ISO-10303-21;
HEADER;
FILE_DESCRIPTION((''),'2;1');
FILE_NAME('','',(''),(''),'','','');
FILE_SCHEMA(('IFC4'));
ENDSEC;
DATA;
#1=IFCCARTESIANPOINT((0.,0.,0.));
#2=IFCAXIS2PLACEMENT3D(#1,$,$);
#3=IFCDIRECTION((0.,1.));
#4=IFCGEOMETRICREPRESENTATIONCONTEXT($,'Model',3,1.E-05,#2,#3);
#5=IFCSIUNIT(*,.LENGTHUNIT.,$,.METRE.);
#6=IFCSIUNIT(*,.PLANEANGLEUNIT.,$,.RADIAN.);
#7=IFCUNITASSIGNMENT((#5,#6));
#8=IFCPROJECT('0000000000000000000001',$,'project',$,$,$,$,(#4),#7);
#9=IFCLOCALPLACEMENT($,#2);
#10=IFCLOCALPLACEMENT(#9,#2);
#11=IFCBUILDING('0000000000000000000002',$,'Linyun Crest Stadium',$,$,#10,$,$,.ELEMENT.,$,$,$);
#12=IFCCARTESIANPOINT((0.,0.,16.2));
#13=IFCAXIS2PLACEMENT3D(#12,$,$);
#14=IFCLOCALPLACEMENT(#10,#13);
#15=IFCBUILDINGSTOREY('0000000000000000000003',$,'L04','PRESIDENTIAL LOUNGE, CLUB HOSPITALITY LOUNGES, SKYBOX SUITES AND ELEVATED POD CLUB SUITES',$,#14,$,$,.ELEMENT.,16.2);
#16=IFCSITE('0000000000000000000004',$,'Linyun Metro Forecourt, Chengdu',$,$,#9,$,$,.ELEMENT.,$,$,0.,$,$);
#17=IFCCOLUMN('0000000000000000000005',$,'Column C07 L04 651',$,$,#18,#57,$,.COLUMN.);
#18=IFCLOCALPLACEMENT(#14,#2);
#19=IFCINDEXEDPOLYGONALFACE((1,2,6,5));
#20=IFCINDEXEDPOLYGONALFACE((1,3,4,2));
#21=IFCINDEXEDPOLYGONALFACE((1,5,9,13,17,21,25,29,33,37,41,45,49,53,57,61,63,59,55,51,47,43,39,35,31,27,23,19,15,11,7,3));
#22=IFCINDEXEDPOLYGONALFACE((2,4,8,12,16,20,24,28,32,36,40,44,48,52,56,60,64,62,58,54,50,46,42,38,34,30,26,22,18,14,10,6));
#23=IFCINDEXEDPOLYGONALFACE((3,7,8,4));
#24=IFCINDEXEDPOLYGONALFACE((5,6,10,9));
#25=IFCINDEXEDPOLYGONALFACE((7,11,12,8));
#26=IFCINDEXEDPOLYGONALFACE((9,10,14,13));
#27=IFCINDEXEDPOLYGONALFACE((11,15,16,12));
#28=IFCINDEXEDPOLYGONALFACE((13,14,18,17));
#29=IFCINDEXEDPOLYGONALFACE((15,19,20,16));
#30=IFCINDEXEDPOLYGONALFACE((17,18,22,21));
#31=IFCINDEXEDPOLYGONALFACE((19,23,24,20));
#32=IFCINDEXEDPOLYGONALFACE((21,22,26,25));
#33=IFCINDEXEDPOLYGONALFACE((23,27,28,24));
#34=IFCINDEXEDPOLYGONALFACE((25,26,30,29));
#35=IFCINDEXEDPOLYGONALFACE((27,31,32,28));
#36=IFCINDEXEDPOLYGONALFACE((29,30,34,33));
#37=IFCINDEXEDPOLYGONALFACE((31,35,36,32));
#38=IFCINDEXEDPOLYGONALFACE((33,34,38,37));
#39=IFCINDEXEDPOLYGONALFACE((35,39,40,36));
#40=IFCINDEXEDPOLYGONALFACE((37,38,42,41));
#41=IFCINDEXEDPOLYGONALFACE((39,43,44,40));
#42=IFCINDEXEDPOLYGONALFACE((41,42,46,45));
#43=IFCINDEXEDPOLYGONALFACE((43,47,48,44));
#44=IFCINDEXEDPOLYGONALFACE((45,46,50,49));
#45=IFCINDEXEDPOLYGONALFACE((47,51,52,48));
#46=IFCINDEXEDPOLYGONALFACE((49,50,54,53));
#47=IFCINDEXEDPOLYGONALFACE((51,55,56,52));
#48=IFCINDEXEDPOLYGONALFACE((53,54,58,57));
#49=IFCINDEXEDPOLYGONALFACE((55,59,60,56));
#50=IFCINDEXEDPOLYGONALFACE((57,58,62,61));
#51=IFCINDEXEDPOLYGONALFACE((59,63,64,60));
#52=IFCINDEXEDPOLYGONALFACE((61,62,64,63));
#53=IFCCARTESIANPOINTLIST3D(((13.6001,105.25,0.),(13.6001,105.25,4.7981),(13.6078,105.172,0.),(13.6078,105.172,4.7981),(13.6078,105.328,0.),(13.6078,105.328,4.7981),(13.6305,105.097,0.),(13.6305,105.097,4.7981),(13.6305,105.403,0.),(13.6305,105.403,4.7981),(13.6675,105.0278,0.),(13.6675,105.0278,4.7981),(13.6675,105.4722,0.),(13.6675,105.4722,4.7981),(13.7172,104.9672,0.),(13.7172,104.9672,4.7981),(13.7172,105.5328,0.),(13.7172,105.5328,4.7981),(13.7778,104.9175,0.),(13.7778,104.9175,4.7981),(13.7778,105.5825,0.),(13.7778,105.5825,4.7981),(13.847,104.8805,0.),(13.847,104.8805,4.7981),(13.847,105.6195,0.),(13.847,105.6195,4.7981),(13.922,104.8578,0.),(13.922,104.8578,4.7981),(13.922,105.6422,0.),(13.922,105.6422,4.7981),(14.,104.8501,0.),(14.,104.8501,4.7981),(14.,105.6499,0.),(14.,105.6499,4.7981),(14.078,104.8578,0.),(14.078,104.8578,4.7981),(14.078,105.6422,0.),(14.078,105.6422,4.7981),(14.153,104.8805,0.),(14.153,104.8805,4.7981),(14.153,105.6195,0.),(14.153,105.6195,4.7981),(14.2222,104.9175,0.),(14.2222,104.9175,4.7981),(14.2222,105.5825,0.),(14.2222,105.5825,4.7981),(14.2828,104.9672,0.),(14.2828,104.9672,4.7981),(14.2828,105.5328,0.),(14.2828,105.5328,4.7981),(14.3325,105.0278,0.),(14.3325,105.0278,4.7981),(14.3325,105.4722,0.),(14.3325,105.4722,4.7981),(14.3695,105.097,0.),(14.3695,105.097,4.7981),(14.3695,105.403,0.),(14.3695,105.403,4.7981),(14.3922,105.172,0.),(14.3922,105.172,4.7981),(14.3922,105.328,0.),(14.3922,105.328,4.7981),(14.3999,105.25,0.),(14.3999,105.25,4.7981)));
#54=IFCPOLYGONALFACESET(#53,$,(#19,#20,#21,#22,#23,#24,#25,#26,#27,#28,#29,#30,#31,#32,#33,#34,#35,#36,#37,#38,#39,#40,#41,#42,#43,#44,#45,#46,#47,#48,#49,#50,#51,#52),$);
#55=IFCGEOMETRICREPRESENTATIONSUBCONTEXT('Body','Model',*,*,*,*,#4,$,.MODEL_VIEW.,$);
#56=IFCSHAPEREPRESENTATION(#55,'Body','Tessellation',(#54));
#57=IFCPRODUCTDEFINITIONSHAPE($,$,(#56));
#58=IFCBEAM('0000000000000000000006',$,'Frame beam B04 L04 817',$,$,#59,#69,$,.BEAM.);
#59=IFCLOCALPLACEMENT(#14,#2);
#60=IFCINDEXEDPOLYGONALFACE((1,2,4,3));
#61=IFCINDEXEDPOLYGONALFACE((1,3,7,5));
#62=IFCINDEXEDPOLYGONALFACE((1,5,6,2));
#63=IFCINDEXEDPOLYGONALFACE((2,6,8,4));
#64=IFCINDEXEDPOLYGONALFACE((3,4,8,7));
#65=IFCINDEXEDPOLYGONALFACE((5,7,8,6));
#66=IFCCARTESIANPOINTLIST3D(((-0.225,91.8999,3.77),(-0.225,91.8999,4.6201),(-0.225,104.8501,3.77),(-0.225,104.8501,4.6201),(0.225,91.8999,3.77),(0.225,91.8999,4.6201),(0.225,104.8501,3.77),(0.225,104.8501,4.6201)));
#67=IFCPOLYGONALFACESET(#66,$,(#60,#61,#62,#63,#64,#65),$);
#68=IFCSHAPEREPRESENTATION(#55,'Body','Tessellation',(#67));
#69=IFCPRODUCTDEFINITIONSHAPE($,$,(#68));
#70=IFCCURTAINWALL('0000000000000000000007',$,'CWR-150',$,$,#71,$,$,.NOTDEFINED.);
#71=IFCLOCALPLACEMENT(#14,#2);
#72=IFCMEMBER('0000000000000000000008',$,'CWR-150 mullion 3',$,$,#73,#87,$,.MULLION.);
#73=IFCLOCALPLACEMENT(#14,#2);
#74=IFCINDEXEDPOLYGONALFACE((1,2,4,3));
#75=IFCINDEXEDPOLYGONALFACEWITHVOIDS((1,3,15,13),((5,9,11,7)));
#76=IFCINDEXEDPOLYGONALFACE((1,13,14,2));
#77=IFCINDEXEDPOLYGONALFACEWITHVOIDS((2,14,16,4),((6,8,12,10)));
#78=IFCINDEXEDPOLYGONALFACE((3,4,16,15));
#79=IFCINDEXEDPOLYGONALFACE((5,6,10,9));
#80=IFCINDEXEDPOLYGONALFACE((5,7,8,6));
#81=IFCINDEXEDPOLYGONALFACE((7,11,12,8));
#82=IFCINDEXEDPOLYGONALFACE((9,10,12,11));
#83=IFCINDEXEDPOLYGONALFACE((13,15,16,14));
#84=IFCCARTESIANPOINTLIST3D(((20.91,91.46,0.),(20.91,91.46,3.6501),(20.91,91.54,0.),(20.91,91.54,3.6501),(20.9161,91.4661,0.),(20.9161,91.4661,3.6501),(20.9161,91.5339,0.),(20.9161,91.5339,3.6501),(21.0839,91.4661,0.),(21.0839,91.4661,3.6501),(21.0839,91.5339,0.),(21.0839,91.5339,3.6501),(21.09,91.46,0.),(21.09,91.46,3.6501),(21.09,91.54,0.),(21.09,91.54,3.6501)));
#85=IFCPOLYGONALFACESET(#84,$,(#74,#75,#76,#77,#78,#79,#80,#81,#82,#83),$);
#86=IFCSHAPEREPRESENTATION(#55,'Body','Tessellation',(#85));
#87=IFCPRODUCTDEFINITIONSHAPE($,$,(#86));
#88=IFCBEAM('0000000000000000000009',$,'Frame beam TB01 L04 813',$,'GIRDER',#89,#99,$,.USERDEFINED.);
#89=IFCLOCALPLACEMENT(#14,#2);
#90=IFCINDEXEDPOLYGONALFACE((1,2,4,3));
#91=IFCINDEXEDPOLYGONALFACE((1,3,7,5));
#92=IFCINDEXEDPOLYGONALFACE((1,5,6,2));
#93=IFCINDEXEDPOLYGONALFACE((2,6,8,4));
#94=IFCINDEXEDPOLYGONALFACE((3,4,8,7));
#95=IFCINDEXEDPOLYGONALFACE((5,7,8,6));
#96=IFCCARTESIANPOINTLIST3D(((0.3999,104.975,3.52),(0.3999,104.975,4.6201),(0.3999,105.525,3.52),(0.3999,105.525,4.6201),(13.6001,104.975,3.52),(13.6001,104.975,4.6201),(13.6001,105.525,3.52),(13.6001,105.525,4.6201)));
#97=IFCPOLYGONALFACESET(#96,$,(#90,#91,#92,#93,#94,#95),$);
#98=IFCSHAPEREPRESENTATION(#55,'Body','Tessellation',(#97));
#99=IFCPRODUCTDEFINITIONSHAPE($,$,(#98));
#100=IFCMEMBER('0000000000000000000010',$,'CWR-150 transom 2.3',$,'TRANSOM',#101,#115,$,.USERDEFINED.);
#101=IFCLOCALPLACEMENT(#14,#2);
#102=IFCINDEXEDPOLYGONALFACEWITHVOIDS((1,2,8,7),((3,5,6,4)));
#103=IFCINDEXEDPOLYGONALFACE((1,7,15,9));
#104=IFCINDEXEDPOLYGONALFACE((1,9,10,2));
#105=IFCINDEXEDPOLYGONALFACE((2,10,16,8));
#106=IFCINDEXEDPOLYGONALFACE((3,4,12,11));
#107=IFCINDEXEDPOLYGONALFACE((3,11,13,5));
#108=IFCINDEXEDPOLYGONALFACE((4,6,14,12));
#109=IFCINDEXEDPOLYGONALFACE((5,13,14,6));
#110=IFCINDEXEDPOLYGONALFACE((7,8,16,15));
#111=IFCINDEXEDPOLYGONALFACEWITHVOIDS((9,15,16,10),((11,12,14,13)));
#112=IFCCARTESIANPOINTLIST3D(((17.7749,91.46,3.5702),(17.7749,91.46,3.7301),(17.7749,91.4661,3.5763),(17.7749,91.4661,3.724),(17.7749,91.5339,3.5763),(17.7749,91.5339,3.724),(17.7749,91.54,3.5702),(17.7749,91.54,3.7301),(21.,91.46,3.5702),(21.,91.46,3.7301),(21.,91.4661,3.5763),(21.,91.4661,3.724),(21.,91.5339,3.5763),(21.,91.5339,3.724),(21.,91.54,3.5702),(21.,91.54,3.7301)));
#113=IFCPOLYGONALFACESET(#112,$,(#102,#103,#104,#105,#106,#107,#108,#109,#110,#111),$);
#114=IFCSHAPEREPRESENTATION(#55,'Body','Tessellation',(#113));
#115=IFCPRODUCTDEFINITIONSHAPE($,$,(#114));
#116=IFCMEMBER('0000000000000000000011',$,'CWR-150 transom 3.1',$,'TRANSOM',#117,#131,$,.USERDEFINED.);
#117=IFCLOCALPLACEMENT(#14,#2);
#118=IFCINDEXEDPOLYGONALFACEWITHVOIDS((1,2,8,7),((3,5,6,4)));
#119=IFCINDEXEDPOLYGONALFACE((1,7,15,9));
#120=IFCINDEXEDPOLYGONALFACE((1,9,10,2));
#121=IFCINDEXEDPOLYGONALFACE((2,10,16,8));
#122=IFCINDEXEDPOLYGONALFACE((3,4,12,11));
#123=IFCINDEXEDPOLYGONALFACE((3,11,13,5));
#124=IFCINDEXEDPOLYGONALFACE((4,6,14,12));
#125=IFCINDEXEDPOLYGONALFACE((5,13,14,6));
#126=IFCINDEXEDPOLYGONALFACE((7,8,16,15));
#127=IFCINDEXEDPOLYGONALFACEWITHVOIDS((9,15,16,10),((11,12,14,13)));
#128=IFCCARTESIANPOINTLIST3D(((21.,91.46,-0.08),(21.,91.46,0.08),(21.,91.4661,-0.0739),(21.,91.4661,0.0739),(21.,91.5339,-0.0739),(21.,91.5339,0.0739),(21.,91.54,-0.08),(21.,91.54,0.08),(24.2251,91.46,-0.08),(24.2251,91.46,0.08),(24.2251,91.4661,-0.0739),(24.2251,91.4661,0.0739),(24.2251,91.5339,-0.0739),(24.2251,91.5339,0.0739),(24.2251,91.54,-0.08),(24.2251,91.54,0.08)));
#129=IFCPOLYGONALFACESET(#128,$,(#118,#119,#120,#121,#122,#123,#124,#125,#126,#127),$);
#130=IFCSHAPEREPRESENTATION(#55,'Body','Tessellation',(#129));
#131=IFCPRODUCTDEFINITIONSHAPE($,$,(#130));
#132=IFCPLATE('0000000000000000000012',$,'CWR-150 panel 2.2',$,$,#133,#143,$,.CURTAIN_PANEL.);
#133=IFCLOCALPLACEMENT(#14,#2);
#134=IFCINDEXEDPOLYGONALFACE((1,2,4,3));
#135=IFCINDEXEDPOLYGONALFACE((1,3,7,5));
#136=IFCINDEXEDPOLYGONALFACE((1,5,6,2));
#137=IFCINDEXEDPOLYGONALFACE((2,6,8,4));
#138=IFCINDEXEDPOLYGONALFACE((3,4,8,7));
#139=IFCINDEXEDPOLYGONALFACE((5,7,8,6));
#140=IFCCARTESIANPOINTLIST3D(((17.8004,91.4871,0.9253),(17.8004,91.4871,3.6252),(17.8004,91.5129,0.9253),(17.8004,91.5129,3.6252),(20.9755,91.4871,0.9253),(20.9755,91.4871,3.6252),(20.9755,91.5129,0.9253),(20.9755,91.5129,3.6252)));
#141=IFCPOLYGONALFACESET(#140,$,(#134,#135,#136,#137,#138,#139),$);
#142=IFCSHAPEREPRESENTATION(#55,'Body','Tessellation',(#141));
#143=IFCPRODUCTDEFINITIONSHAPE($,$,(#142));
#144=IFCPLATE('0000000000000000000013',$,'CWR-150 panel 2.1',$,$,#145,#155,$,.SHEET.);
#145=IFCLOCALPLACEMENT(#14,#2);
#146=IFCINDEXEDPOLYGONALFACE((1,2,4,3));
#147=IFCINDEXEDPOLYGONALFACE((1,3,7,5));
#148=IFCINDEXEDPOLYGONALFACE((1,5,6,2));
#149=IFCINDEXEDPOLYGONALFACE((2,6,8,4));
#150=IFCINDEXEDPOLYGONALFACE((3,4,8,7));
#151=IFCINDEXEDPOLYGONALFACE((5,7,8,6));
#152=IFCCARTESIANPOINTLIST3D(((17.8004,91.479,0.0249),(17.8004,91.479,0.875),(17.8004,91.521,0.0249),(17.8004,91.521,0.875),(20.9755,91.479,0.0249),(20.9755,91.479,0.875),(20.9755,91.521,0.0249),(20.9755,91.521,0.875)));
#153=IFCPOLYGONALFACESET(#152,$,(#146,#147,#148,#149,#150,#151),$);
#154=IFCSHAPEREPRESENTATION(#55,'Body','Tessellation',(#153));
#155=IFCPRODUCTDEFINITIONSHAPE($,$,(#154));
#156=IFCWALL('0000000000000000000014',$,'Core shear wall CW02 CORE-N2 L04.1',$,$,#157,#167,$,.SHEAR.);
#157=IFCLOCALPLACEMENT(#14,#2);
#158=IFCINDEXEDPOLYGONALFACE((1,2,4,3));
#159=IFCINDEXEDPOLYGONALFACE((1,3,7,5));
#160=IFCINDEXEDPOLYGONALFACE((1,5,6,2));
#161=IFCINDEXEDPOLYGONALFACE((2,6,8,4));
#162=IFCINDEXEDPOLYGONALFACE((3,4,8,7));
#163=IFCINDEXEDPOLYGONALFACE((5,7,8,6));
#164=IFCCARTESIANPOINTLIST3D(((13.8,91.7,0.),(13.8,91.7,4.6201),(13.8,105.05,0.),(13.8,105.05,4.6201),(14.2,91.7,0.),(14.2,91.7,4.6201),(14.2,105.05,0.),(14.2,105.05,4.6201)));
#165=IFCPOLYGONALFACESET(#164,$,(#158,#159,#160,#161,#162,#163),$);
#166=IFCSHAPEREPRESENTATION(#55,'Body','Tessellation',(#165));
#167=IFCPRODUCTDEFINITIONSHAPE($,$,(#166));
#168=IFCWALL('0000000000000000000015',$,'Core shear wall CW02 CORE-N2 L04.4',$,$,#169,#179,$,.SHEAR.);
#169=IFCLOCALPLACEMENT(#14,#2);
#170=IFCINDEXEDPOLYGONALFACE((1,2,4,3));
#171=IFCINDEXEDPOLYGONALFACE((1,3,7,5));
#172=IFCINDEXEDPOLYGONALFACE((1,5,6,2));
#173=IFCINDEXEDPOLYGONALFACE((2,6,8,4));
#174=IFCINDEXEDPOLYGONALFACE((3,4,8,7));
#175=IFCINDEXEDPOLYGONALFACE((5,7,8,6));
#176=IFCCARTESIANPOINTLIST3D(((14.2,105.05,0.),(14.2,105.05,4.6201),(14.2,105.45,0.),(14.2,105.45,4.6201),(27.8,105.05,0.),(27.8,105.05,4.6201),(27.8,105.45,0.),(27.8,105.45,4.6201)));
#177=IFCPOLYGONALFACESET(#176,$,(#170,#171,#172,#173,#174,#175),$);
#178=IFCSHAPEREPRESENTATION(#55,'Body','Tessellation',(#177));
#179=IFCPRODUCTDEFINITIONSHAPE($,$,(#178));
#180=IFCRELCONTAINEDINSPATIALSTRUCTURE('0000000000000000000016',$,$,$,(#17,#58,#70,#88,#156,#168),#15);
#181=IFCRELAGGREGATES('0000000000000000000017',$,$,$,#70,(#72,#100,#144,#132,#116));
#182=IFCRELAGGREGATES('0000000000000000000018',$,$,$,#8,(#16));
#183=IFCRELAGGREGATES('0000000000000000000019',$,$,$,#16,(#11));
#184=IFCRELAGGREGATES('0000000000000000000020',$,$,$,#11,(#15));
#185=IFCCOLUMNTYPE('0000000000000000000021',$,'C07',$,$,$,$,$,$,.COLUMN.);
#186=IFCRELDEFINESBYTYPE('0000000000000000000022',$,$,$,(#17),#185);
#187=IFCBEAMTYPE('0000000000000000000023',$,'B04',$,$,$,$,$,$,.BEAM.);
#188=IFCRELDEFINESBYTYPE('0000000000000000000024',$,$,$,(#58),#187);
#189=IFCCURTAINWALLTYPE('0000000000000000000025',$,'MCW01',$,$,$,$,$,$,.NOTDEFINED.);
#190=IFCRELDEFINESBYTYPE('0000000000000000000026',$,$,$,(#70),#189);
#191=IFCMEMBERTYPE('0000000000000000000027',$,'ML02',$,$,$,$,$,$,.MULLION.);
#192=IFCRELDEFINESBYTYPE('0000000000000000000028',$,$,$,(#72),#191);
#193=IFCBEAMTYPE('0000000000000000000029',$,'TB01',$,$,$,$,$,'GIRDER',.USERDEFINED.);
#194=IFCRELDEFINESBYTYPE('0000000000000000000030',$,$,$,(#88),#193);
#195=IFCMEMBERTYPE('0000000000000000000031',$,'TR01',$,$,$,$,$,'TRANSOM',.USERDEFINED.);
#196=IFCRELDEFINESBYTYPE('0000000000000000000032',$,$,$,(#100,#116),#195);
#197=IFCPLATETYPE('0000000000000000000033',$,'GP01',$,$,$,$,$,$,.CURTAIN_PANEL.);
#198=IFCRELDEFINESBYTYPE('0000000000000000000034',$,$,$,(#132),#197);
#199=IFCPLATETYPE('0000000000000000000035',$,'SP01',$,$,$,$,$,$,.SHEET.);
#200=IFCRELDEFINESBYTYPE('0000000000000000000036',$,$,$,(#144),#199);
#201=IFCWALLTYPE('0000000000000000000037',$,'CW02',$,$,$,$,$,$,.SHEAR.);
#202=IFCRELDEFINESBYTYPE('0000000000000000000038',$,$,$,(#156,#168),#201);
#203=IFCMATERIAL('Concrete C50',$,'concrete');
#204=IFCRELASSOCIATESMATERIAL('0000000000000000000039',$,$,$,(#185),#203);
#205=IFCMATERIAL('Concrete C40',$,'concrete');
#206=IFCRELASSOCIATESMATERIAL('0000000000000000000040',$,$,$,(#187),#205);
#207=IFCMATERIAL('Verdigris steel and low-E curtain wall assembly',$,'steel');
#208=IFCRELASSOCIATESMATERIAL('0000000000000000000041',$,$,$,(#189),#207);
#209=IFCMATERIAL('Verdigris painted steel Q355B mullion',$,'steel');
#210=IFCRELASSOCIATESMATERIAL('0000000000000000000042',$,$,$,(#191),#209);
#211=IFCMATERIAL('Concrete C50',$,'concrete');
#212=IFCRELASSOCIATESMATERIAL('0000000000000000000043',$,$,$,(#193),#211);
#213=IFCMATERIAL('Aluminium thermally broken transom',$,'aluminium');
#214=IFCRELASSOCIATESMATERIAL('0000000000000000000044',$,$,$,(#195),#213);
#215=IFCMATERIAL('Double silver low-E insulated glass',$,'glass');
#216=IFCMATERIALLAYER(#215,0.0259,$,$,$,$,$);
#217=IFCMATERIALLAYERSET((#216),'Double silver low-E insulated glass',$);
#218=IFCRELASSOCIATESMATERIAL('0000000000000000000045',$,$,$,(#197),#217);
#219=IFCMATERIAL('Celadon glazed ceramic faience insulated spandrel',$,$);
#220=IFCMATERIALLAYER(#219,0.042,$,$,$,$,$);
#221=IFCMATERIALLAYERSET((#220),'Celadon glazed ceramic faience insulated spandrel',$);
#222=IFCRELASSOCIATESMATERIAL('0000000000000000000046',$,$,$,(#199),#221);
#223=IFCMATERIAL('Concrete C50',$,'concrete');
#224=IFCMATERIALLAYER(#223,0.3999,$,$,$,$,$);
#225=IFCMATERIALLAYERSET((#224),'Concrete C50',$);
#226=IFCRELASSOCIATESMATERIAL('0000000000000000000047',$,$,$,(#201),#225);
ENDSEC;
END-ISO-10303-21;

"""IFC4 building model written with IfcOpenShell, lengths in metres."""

from ifc_helpers import new_model, si_unit, direction, frame, frame_2d, origin, origin_2d, place, context, subcontext, project, spatial, rectangle, hollow_rectangle, circle, extrude, material, layer, layer_set, material_profile, profile_set, type_object, element, aggregate, save


model = new_model("IFC4")

# Units and contexts
model_context = context("Model", 3, precision=1e-05, world=origin(), true_north=direction((0.0, 1.0)))
body_context = subcontext(model_context, "Body", "Model", "MODEL_VIEW")
ifc_project = project(units=[si_unit("LENGTHUNIT", "METRE"), si_unit("PLANEANGLEUNIT", "RADIAN")], contexts=[model_context])

# Site, building, storey
site_placement = place(None, origin())
site = spatial("IfcSite", under=ifc_project, at=site_placement, Name="Linyun Metro Forecourt, Chengdu", CompositionType="ELEMENT", RefElevation=0.0)
building_placement = place(site_placement, origin())
building = spatial("IfcBuilding", under=site, at=building_placement, Name="Linyun Crest Stadium", CompositionType="ELEMENT")
storey_placement = place(building_placement, frame((0.0, 0.0, 16.2)))
storey = spatial("IfcBuildingStorey", under=building, at=storey_placement, Name="L04", Description="PRESIDENTIAL LOUNGE, CLUB HOSPITALITY LOUNGES, SKYBOX SUITES AND ELEVATED POD CLUB SUITES", CompositionType="ELEMENT", Elevation=16.2)

# Column
ifc_material_1 = material(Name="Concrete C50", Category="concrete")
ifc_material_profile_1 = material_profile(ifc_material_1, circle(Radius=0.3999, at=origin_2d()), Name="RC D800")
ifc_profile_set_1 = profile_set([ifc_material_profile_1], Name="Concrete C50")
column_type = type_object("IfcColumnType", Name="C07", PredefinedType="COLUMN", material=ifc_profile_set_1)
column_placement = place(storey_placement, frame((14.0, 105.25, 0.0), z_axis=(0.0, 0.0, 1.0), x_axis=(1.0, 0.0, 0.0)))
element("IfcColumn", 1, at=column_placement, inside=storey, type_object=column_type, Name="Column C07 L04 651", PredefinedType="COLUMN", context=body_context, shape_type="SweptSolid", body=[
    extrude(circle(Radius=0.3999, at=origin_2d()), origin(), (0.0, 0.0, 1.0), 4.7981),
])

# Beam
ifc_material_2 = material(Name="Concrete C40", Category="concrete")
ifc_material_profile_2 = material_profile(ifc_material_2, rectangle(XDim=0.45, YDim=0.8501, at=origin_2d()), Name="RCB 850x450")
ifc_profile_set_2 = profile_set([ifc_material_profile_2], Name="Concrete C40")
beam_type_1 = type_object("IfcBeamType", Name="B04", PredefinedType="BEAM", material=ifc_profile_set_2)
beam_1_placement = place(storey_placement, frame((0.0, 91.8999, 4.1951), z_axis=(0.0, 1.0, 0.0), x_axis=(-1.0, 0.0, 0.0)))
element("IfcBeam", 2, at=beam_1_placement, inside=storey, type_object=beam_type_1, Name="Frame beam B04 L04 817", PredefinedType="BEAM", context=body_context, shape_type="SweptSolid", body=[
    extrude(rectangle(XDim=0.45, YDim=0.8501, at=origin_2d()), origin(), (0.0, 0.0, 1.0), 12.9502),
])

# Curtain wall, member
ifc_material_3 = material(Name="Verdigris steel and low-E curtain wall assembly", Category="steel")
curtain_wall_type = type_object("IfcCurtainWallType", Name="MCW01", PredefinedType="NOTDEFINED", material=ifc_material_3)
curtain_wall_placement = place(storey_placement, origin())
curtain_wall = element("IfcCurtainWall", 3, at=curtain_wall_placement, inside=storey, type_object=curtain_wall_type, Name="CWR-150", PredefinedType="NOTDEFINED")
ifc_material_4 = material(Name="Verdigris painted steel Q355B mullion", Category="steel")
ifc_material_profile_3 = material_profile(ifc_material_4, hollow_rectangle(XDim=0.0801, YDim=0.1799, WallThickness=0.0061, at=origin_2d()), Name="RHS 180x80x6")
ifc_profile_set_3 = profile_set([ifc_material_profile_3], Name="Verdigris painted steel Q355B mullion")
member_type_1 = type_object("IfcMemberType", Name="ML02", PredefinedType="MULLION", material=ifc_profile_set_3)
member_1_placement = place(storey_placement, frame((21.0, 91.5, 0.0), z_axis=(0.0, 0.0, 1.0), x_axis=(0.0, 1.0, 0.0)))
member_1 = element("IfcMember", 4, at=member_1_placement, type_object=member_type_1, Name="CWR-150 mullion 3", PredefinedType="MULLION", context=body_context, shape_type="SweptSolid", body=[
    extrude(hollow_rectangle(XDim=0.0801, YDim=0.1799, WallThickness=0.0061, at=origin_2d()), origin(), (0.0, 0.0, 1.0), 3.6501),
])

# Beam
ifc_material_5 = material(Name="Concrete C50", Category="concrete")
ifc_material_profile_4 = material_profile(ifc_material_5, rectangle(XDim=0.55, YDim=1.1001, at=origin_2d()), Name="RCB 1100x550")
ifc_profile_set_4 = profile_set([ifc_material_profile_4], Name="Concrete C50")
beam_type_2 = type_object("IfcBeamType", Name="TB01", ElementType="GIRDER", PredefinedType="USERDEFINED", material=ifc_profile_set_4)
beam_2_placement = place(storey_placement, frame((0.3999, 105.25, 4.0701), z_axis=(1.0, 0.0, 0.0), x_axis=(0.0, 1.0, 0.0)))
element("IfcBeam", 5, at=beam_2_placement, inside=storey, type_object=beam_type_2, Name="Frame beam TB01 L04 813", ObjectType="GIRDER", PredefinedType="USERDEFINED", context=body_context, shape_type="SweptSolid", body=[
    extrude(rectangle(XDim=0.55, YDim=1.1001, at=origin_2d()), origin(), (0.0, 0.0, 1.0), 13.2002),
])

# Members
ifc_material_6 = material(Name="Aluminium thermally broken transom", Category="aluminium")
ifc_material_profile_5 = material_profile(ifc_material_6, hollow_rectangle(XDim=0.0801, YDim=0.1599, WallThickness=0.0061, at=origin_2d()), Name="RHS 160x80x6")
ifc_profile_set_5 = profile_set([ifc_material_profile_5], Name="Aluminium thermally broken transom")
member_type_2 = type_object("IfcMemberType", Name="TR01", ElementType="TRANSOM", PredefinedType="USERDEFINED", material=ifc_profile_set_5)
member_2_placement = place(storey_placement, frame((17.7749, 91.5, 3.6501), z_axis=(1.0, 0.0, 0.0), x_axis=(0.0, 1.0, 0.0)))
member_2 = element("IfcMember", 6, at=member_2_placement, type_object=member_type_2, Name="CWR-150 transom 2.3", ObjectType="TRANSOM", PredefinedType="USERDEFINED", context=body_context, shape_type="SweptSolid", body=[
    extrude(hollow_rectangle(XDim=0.0801, YDim=0.1599, WallThickness=0.0061, at=origin_2d()), origin(), (0.0, 0.0, 1.0), 3.2251),
])
member_3_placement = place(storey_placement, frame((21.0, 91.5, 0.0), z_axis=(1.0, 0.0, 0.0), x_axis=(0.0, 1.0, 0.0)))
member_3 = element("IfcMember", 7, at=member_3_placement, type_object=member_type_2, Name="CWR-150 transom 3.1", ObjectType="TRANSOM", PredefinedType="USERDEFINED", context=body_context, shape_type="SweptSolid", body=[
    extrude(hollow_rectangle(XDim=0.0801, YDim=0.1599, WallThickness=0.0061, at=origin_2d()), origin(), (0.0, 0.0, 1.0), 3.2251),
])

# Plates
ifc_material_7 = material(Name="Double silver low-E insulated glass", Category="glass")
ifc_layer_1 = layer(ifc_material_7, 0.0259)
ifc_layer_set_1 = layer_set([ifc_layer_1], Name="Double silver low-E insulated glass")
plate_type_1 = type_object("IfcPlateType", Name="GP01", PredefinedType="CURTAIN_PANEL", material=ifc_layer_set_1)
plate_1_placement = place(storey_placement, frame((19.3879, 91.5, 0.9253), z_axis=(0.0, 0.0, 1.0), x_axis=(1.0, 0.0, 0.0)))
plate_1 = element("IfcPlate", 8, at=plate_1_placement, type_object=plate_type_1, Name="CWR-150 panel 2.2", PredefinedType="CURTAIN_PANEL", context=body_context, shape_type="SweptSolid", body=[
    extrude(rectangle(XDim=3.175, YDim=0.0259, at=origin_2d()), origin(), (0.0, 0.0, 1.0), 2.7),
])
ifc_material_8 = material(Name="Celadon glazed ceramic faience insulated spandrel")
ifc_layer_2 = layer(ifc_material_8, 0.042)
ifc_layer_set_2 = layer_set([ifc_layer_2], Name="Celadon glazed ceramic faience insulated spandrel")
plate_type_2 = type_object("IfcPlateType", Name="SP01", PredefinedType="SHEET", material=ifc_layer_set_2)
plate_2_placement = place(storey_placement, frame((19.3879, 91.5, 0.0249), z_axis=(0.0, 0.0, 1.0), x_axis=(1.0, 0.0, 0.0)))
plate_2 = element("IfcPlate", 9, at=plate_2_placement, type_object=plate_type_2, Name="CWR-150 panel 2.1", PredefinedType="SHEET", context=body_context, shape_type="SweptSolid", body=[
    extrude(rectangle(XDim=3.175, YDim=0.042, at=origin_2d()), origin(), (0.0, 0.0, 1.0), 0.8501),
])
aggregate(curtain_wall, [member_1, member_2, plate_2, plate_1, member_3])

# Walls
ifc_material_9 = material(Name="Concrete C50", Category="concrete")
ifc_layer_3 = layer(ifc_material_9, 0.3999)
ifc_layer_set_3 = layer_set([ifc_layer_3], Name="Concrete C50")
wall_type_1 = type_object("IfcWallType", Name="CW02", PredefinedType="SHEAR", material=ifc_layer_set_3)
wall_1_placement = place(storey_placement, frame((14.0, 91.7, 0.0), z_axis=(0.0, 0.0, 1.0), x_axis=(0.0, 1.0, 0.0)))
element("IfcWall", 10, at=wall_1_placement, inside=storey, type_object=wall_type_1, Name="Core shear wall CW02 CORE-N2 L04.1", PredefinedType="SHEAR", context=body_context, shape_type="SweptSolid", body=[
    extrude(rectangle(XDim=13.3501, YDim=0.3999, at=frame_2d((6.675, 0.0))), origin(), (0.0, 0.0, 1.0), 4.6201),
])
wall_2_placement = place(storey_placement, frame((14.2, 105.25, 0.0), z_axis=(0.0, 0.0, 1.0), x_axis=(1.0, 0.0, 0.0)))
element("IfcWall", 11, at=wall_2_placement, inside=storey, type_object=wall_type_1, Name="Core shear wall CW02 CORE-N2 L04.4", PredefinedType="SHEAR", context=body_context, shape_type="SweptSolid", body=[
    extrude(rectangle(XDim=13.6001, YDim=0.3999, at=frame_2d((6.8, 0.0))), origin(), (0.0, 0.0, 1.0), 4.6201),
])

save(model, "model.ifc")
